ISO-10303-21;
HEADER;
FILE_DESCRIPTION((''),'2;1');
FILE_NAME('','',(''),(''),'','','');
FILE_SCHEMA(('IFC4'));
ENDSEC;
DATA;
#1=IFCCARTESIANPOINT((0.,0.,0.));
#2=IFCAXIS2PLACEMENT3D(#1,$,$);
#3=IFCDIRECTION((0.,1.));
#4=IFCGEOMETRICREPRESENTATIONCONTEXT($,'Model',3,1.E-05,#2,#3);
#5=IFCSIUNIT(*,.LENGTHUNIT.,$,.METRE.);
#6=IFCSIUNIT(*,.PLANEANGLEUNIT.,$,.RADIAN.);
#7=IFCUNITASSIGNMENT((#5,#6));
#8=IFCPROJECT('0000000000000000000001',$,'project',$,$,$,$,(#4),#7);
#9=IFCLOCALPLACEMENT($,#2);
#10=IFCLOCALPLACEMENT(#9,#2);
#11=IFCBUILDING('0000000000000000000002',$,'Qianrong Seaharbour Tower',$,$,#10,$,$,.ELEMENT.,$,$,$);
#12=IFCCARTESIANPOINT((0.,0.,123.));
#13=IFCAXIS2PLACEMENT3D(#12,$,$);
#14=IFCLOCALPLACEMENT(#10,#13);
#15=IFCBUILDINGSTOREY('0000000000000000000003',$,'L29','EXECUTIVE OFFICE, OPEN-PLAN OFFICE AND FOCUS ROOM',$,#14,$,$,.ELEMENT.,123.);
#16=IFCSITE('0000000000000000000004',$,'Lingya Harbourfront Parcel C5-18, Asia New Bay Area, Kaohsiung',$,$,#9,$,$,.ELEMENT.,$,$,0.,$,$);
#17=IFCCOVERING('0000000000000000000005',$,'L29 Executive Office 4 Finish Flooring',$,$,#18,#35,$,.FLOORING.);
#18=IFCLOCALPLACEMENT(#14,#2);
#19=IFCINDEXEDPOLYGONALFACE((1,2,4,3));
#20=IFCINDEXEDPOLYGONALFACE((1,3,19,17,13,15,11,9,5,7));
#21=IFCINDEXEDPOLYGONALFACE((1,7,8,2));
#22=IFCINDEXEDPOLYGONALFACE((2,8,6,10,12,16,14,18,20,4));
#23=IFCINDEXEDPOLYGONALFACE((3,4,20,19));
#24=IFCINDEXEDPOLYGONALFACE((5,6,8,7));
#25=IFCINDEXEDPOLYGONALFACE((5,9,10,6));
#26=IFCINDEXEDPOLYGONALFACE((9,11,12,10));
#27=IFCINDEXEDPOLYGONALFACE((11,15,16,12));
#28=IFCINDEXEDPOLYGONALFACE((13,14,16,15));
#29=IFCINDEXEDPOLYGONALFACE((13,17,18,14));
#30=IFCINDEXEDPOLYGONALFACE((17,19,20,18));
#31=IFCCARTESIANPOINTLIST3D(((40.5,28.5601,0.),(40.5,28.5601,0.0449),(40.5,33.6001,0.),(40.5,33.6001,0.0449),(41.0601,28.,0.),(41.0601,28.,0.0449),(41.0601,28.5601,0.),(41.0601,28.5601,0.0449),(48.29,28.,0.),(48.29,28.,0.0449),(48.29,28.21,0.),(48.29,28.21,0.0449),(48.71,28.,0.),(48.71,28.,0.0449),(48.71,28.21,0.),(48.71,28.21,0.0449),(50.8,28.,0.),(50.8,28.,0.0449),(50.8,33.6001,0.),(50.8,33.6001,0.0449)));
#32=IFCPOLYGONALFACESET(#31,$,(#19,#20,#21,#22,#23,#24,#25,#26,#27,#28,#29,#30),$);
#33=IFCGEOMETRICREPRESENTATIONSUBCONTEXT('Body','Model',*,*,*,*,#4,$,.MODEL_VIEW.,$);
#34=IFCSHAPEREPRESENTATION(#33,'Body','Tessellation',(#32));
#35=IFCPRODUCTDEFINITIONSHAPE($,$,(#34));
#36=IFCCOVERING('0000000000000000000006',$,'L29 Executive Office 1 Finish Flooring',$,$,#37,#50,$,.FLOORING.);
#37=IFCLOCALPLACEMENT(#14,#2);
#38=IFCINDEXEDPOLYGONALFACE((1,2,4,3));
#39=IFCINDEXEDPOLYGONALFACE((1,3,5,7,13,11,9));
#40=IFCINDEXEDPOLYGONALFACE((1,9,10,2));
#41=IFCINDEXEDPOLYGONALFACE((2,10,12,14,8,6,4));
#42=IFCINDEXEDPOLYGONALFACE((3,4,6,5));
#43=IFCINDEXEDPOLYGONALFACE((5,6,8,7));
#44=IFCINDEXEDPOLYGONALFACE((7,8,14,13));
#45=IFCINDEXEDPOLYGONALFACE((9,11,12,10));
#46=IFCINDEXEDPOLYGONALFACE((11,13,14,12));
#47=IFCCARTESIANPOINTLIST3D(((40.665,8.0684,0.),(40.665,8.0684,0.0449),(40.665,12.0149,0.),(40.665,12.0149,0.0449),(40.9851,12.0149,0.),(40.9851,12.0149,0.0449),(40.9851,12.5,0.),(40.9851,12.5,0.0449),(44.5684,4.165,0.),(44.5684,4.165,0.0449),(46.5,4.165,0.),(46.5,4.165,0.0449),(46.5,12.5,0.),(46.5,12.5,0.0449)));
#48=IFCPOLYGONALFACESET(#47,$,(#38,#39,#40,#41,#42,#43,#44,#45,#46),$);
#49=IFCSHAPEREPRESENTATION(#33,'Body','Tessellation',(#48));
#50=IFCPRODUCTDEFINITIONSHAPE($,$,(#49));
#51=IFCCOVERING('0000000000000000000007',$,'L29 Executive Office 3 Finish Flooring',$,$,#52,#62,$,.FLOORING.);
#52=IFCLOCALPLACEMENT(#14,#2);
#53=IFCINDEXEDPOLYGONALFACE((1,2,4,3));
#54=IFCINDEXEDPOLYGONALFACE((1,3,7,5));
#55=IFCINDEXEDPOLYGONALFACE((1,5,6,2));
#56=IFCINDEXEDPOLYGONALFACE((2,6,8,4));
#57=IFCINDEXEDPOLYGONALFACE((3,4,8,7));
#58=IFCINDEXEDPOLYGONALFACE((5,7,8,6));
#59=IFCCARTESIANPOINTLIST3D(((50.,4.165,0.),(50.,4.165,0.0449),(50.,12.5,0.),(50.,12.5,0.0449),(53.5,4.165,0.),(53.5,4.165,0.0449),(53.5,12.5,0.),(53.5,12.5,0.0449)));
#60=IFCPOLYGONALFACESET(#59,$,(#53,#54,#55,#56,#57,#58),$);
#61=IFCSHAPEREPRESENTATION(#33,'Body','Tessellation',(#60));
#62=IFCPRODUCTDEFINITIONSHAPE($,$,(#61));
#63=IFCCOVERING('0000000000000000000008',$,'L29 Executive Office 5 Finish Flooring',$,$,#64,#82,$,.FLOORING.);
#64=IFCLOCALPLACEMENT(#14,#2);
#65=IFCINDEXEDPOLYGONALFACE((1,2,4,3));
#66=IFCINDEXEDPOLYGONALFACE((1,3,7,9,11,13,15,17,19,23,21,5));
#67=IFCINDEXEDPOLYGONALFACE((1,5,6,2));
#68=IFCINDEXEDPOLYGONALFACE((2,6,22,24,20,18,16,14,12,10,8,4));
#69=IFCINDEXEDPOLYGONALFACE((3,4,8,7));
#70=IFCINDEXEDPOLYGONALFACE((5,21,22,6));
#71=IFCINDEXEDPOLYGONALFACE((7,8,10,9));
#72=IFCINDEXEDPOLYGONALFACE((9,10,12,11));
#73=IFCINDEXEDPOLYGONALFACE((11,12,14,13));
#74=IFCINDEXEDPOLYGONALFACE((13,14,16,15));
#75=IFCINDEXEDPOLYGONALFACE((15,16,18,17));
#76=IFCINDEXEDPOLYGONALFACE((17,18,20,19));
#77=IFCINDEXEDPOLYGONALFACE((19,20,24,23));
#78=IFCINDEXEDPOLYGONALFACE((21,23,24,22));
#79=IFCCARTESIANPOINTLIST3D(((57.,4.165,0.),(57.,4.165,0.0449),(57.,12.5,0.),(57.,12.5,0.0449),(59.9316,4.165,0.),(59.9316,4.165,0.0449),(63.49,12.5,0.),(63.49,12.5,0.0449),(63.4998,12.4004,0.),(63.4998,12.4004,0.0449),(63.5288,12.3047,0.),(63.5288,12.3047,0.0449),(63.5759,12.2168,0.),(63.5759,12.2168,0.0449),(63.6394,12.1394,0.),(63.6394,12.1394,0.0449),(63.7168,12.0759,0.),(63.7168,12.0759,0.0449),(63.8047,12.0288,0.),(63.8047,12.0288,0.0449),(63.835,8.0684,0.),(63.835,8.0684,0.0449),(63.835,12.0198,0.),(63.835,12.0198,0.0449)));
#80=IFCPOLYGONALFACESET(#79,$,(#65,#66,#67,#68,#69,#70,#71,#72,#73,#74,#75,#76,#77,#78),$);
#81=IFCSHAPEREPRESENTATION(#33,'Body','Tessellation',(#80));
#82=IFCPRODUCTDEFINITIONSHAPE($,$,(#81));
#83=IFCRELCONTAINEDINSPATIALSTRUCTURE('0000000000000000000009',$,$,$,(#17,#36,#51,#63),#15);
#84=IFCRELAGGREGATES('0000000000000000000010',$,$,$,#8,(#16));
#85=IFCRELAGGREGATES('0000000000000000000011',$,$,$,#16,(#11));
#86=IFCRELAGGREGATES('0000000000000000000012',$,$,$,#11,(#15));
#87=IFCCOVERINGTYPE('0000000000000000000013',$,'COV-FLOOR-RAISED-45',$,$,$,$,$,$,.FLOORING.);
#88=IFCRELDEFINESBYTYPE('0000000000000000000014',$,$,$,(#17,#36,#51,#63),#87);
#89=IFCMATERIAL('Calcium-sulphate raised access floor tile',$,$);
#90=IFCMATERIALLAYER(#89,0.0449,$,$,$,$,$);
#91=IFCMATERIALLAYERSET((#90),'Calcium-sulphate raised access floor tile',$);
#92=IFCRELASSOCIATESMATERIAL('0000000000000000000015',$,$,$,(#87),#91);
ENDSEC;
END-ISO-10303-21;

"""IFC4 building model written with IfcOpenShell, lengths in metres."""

from ifc_helpers import new_model, si_unit, direction, frame, origin, place, context, subcontext, project, spatial, polyline, outline, extrude, material, layer, layer_set, type_object, element, save


model = new_model("IFC4")

# Units and contexts
model_context = context("Model", 3, precision=1e-05, world=origin(), true_north=direction((0.0, 1.0)))
body_context = subcontext(model_context, "Body", "Model", "MODEL_VIEW")
ifc_project = project(units=[si_unit("LENGTHUNIT", "METRE"), si_unit("PLANEANGLEUNIT", "RADIAN")], contexts=[model_context])

# Site, building, storey
site_placement = place(None, origin())
site = spatial("IfcSite", under=ifc_project, at=site_placement, Name="Lingya Harbourfront Parcel C5-18, Asia New Bay Area, Kaohsiung", CompositionType="ELEMENT", RefElevation=0.0)
building_placement = place(site_placement, origin())
building = spatial("IfcBuilding", under=site, at=building_placement, Name="Qianrong Seaharbour Tower", CompositionType="ELEMENT")
storey_placement = place(building_placement, frame((0.0, 0.0, 123.0)))
storey = spatial("IfcBuildingStorey", under=building, at=storey_placement, Name="L29", Description="EXECUTIVE OFFICE, OPEN-PLAN OFFICE AND FOCUS ROOM", CompositionType="ELEMENT", Elevation=123.0)

# Coverings
ifc_material_1 = material(Name="Calcium-sulphate raised access floor tile")
ifc_layer_1 = layer(ifc_material_1, 0.0449)
ifc_layer_set_1 = layer_set([ifc_layer_1], Name="Calcium-sulphate raised access floor tile")
covering_type_1 = type_object("IfcCoveringType", Name="COV-FLOOR-RAISED-45", PredefinedType="FLOORING", material=ifc_layer_set_1)
covering_1_placement = place(storey_placement, origin())
element("IfcCovering", 1, at=covering_1_placement, inside=storey, type_object=covering_type_1, Name="L29 Executive Office 4 Finish Flooring", PredefinedType="FLOORING", context=body_context, shape_type="SweptSolid", body=[
    extrude(outline(polyline([(50.8, 28.0), (48.71, 28.0), (48.71, 28.21), (48.29, 28.21), (48.29, 28.0), (41.0601, 28.0), (41.0601, 28.5601), (40.5, 28.5601), (40.5, 33.6001), (50.8, 33.6001), (50.8, 28.0)])), origin(), (0.0, 0.0, 1.0), 0.0449),
])
covering_2_placement = place(storey_placement, origin())
element("IfcCovering", 2, at=covering_2_placement, inside=storey, type_object=covering_type_1, Name="L29 Executive Office 1 Finish Flooring", PredefinedType="FLOORING", context=body_context, shape_type="SweptSolid", body=[
    extrude(outline(polyline([(44.5684, 4.165), (40.665, 8.0684), (40.665, 12.0149), (40.9851, 12.0149), (40.9851, 12.5), (46.5, 12.5), (46.5, 4.165), (44.5684, 4.165)])), origin(), (0.0, 0.0, 1.0), 0.0449),
])
covering_3_placement = place(storey_placement, origin())
element("IfcCovering", 3, at=covering_3_placement, inside=storey, type_object=covering_type_1, Name="L29 Executive Office 3 Finish Flooring", PredefinedType="FLOORING", context=body_context, shape_type="SweptSolid", body=[
    extrude(outline(polyline([(53.5, 4.165), (50.0, 4.165), (50.0, 12.5), (53.5, 12.5), (53.5, 4.165)])), origin(), (0.0, 0.0, 1.0), 0.0449),
])
covering_4_placement = place(storey_placement, origin())
element("IfcCovering", 4, at=covering_4_placement, inside=storey, type_object=covering_type_1, Name="L29 Executive Office 5 Finish Flooring", PredefinedType="FLOORING", context=body_context, shape_type="SweptSolid", body=[
    extrude(outline(polyline([(63.835, 8.0684), (59.9316, 4.165), (57.0, 4.165), (57.0, 12.5), (63.49, 12.5), (63.4998, 12.4004), (63.5288, 12.3047), (63.5759, 12.2168), (63.6394, 12.1394), (63.7168, 12.0759), (63.8047, 12.0288), (63.835, 12.0198), (63.835, 8.0684)])), origin(), (0.0, 0.0, 1.0), 0.0449),
])

save(model, "model.ifc")
